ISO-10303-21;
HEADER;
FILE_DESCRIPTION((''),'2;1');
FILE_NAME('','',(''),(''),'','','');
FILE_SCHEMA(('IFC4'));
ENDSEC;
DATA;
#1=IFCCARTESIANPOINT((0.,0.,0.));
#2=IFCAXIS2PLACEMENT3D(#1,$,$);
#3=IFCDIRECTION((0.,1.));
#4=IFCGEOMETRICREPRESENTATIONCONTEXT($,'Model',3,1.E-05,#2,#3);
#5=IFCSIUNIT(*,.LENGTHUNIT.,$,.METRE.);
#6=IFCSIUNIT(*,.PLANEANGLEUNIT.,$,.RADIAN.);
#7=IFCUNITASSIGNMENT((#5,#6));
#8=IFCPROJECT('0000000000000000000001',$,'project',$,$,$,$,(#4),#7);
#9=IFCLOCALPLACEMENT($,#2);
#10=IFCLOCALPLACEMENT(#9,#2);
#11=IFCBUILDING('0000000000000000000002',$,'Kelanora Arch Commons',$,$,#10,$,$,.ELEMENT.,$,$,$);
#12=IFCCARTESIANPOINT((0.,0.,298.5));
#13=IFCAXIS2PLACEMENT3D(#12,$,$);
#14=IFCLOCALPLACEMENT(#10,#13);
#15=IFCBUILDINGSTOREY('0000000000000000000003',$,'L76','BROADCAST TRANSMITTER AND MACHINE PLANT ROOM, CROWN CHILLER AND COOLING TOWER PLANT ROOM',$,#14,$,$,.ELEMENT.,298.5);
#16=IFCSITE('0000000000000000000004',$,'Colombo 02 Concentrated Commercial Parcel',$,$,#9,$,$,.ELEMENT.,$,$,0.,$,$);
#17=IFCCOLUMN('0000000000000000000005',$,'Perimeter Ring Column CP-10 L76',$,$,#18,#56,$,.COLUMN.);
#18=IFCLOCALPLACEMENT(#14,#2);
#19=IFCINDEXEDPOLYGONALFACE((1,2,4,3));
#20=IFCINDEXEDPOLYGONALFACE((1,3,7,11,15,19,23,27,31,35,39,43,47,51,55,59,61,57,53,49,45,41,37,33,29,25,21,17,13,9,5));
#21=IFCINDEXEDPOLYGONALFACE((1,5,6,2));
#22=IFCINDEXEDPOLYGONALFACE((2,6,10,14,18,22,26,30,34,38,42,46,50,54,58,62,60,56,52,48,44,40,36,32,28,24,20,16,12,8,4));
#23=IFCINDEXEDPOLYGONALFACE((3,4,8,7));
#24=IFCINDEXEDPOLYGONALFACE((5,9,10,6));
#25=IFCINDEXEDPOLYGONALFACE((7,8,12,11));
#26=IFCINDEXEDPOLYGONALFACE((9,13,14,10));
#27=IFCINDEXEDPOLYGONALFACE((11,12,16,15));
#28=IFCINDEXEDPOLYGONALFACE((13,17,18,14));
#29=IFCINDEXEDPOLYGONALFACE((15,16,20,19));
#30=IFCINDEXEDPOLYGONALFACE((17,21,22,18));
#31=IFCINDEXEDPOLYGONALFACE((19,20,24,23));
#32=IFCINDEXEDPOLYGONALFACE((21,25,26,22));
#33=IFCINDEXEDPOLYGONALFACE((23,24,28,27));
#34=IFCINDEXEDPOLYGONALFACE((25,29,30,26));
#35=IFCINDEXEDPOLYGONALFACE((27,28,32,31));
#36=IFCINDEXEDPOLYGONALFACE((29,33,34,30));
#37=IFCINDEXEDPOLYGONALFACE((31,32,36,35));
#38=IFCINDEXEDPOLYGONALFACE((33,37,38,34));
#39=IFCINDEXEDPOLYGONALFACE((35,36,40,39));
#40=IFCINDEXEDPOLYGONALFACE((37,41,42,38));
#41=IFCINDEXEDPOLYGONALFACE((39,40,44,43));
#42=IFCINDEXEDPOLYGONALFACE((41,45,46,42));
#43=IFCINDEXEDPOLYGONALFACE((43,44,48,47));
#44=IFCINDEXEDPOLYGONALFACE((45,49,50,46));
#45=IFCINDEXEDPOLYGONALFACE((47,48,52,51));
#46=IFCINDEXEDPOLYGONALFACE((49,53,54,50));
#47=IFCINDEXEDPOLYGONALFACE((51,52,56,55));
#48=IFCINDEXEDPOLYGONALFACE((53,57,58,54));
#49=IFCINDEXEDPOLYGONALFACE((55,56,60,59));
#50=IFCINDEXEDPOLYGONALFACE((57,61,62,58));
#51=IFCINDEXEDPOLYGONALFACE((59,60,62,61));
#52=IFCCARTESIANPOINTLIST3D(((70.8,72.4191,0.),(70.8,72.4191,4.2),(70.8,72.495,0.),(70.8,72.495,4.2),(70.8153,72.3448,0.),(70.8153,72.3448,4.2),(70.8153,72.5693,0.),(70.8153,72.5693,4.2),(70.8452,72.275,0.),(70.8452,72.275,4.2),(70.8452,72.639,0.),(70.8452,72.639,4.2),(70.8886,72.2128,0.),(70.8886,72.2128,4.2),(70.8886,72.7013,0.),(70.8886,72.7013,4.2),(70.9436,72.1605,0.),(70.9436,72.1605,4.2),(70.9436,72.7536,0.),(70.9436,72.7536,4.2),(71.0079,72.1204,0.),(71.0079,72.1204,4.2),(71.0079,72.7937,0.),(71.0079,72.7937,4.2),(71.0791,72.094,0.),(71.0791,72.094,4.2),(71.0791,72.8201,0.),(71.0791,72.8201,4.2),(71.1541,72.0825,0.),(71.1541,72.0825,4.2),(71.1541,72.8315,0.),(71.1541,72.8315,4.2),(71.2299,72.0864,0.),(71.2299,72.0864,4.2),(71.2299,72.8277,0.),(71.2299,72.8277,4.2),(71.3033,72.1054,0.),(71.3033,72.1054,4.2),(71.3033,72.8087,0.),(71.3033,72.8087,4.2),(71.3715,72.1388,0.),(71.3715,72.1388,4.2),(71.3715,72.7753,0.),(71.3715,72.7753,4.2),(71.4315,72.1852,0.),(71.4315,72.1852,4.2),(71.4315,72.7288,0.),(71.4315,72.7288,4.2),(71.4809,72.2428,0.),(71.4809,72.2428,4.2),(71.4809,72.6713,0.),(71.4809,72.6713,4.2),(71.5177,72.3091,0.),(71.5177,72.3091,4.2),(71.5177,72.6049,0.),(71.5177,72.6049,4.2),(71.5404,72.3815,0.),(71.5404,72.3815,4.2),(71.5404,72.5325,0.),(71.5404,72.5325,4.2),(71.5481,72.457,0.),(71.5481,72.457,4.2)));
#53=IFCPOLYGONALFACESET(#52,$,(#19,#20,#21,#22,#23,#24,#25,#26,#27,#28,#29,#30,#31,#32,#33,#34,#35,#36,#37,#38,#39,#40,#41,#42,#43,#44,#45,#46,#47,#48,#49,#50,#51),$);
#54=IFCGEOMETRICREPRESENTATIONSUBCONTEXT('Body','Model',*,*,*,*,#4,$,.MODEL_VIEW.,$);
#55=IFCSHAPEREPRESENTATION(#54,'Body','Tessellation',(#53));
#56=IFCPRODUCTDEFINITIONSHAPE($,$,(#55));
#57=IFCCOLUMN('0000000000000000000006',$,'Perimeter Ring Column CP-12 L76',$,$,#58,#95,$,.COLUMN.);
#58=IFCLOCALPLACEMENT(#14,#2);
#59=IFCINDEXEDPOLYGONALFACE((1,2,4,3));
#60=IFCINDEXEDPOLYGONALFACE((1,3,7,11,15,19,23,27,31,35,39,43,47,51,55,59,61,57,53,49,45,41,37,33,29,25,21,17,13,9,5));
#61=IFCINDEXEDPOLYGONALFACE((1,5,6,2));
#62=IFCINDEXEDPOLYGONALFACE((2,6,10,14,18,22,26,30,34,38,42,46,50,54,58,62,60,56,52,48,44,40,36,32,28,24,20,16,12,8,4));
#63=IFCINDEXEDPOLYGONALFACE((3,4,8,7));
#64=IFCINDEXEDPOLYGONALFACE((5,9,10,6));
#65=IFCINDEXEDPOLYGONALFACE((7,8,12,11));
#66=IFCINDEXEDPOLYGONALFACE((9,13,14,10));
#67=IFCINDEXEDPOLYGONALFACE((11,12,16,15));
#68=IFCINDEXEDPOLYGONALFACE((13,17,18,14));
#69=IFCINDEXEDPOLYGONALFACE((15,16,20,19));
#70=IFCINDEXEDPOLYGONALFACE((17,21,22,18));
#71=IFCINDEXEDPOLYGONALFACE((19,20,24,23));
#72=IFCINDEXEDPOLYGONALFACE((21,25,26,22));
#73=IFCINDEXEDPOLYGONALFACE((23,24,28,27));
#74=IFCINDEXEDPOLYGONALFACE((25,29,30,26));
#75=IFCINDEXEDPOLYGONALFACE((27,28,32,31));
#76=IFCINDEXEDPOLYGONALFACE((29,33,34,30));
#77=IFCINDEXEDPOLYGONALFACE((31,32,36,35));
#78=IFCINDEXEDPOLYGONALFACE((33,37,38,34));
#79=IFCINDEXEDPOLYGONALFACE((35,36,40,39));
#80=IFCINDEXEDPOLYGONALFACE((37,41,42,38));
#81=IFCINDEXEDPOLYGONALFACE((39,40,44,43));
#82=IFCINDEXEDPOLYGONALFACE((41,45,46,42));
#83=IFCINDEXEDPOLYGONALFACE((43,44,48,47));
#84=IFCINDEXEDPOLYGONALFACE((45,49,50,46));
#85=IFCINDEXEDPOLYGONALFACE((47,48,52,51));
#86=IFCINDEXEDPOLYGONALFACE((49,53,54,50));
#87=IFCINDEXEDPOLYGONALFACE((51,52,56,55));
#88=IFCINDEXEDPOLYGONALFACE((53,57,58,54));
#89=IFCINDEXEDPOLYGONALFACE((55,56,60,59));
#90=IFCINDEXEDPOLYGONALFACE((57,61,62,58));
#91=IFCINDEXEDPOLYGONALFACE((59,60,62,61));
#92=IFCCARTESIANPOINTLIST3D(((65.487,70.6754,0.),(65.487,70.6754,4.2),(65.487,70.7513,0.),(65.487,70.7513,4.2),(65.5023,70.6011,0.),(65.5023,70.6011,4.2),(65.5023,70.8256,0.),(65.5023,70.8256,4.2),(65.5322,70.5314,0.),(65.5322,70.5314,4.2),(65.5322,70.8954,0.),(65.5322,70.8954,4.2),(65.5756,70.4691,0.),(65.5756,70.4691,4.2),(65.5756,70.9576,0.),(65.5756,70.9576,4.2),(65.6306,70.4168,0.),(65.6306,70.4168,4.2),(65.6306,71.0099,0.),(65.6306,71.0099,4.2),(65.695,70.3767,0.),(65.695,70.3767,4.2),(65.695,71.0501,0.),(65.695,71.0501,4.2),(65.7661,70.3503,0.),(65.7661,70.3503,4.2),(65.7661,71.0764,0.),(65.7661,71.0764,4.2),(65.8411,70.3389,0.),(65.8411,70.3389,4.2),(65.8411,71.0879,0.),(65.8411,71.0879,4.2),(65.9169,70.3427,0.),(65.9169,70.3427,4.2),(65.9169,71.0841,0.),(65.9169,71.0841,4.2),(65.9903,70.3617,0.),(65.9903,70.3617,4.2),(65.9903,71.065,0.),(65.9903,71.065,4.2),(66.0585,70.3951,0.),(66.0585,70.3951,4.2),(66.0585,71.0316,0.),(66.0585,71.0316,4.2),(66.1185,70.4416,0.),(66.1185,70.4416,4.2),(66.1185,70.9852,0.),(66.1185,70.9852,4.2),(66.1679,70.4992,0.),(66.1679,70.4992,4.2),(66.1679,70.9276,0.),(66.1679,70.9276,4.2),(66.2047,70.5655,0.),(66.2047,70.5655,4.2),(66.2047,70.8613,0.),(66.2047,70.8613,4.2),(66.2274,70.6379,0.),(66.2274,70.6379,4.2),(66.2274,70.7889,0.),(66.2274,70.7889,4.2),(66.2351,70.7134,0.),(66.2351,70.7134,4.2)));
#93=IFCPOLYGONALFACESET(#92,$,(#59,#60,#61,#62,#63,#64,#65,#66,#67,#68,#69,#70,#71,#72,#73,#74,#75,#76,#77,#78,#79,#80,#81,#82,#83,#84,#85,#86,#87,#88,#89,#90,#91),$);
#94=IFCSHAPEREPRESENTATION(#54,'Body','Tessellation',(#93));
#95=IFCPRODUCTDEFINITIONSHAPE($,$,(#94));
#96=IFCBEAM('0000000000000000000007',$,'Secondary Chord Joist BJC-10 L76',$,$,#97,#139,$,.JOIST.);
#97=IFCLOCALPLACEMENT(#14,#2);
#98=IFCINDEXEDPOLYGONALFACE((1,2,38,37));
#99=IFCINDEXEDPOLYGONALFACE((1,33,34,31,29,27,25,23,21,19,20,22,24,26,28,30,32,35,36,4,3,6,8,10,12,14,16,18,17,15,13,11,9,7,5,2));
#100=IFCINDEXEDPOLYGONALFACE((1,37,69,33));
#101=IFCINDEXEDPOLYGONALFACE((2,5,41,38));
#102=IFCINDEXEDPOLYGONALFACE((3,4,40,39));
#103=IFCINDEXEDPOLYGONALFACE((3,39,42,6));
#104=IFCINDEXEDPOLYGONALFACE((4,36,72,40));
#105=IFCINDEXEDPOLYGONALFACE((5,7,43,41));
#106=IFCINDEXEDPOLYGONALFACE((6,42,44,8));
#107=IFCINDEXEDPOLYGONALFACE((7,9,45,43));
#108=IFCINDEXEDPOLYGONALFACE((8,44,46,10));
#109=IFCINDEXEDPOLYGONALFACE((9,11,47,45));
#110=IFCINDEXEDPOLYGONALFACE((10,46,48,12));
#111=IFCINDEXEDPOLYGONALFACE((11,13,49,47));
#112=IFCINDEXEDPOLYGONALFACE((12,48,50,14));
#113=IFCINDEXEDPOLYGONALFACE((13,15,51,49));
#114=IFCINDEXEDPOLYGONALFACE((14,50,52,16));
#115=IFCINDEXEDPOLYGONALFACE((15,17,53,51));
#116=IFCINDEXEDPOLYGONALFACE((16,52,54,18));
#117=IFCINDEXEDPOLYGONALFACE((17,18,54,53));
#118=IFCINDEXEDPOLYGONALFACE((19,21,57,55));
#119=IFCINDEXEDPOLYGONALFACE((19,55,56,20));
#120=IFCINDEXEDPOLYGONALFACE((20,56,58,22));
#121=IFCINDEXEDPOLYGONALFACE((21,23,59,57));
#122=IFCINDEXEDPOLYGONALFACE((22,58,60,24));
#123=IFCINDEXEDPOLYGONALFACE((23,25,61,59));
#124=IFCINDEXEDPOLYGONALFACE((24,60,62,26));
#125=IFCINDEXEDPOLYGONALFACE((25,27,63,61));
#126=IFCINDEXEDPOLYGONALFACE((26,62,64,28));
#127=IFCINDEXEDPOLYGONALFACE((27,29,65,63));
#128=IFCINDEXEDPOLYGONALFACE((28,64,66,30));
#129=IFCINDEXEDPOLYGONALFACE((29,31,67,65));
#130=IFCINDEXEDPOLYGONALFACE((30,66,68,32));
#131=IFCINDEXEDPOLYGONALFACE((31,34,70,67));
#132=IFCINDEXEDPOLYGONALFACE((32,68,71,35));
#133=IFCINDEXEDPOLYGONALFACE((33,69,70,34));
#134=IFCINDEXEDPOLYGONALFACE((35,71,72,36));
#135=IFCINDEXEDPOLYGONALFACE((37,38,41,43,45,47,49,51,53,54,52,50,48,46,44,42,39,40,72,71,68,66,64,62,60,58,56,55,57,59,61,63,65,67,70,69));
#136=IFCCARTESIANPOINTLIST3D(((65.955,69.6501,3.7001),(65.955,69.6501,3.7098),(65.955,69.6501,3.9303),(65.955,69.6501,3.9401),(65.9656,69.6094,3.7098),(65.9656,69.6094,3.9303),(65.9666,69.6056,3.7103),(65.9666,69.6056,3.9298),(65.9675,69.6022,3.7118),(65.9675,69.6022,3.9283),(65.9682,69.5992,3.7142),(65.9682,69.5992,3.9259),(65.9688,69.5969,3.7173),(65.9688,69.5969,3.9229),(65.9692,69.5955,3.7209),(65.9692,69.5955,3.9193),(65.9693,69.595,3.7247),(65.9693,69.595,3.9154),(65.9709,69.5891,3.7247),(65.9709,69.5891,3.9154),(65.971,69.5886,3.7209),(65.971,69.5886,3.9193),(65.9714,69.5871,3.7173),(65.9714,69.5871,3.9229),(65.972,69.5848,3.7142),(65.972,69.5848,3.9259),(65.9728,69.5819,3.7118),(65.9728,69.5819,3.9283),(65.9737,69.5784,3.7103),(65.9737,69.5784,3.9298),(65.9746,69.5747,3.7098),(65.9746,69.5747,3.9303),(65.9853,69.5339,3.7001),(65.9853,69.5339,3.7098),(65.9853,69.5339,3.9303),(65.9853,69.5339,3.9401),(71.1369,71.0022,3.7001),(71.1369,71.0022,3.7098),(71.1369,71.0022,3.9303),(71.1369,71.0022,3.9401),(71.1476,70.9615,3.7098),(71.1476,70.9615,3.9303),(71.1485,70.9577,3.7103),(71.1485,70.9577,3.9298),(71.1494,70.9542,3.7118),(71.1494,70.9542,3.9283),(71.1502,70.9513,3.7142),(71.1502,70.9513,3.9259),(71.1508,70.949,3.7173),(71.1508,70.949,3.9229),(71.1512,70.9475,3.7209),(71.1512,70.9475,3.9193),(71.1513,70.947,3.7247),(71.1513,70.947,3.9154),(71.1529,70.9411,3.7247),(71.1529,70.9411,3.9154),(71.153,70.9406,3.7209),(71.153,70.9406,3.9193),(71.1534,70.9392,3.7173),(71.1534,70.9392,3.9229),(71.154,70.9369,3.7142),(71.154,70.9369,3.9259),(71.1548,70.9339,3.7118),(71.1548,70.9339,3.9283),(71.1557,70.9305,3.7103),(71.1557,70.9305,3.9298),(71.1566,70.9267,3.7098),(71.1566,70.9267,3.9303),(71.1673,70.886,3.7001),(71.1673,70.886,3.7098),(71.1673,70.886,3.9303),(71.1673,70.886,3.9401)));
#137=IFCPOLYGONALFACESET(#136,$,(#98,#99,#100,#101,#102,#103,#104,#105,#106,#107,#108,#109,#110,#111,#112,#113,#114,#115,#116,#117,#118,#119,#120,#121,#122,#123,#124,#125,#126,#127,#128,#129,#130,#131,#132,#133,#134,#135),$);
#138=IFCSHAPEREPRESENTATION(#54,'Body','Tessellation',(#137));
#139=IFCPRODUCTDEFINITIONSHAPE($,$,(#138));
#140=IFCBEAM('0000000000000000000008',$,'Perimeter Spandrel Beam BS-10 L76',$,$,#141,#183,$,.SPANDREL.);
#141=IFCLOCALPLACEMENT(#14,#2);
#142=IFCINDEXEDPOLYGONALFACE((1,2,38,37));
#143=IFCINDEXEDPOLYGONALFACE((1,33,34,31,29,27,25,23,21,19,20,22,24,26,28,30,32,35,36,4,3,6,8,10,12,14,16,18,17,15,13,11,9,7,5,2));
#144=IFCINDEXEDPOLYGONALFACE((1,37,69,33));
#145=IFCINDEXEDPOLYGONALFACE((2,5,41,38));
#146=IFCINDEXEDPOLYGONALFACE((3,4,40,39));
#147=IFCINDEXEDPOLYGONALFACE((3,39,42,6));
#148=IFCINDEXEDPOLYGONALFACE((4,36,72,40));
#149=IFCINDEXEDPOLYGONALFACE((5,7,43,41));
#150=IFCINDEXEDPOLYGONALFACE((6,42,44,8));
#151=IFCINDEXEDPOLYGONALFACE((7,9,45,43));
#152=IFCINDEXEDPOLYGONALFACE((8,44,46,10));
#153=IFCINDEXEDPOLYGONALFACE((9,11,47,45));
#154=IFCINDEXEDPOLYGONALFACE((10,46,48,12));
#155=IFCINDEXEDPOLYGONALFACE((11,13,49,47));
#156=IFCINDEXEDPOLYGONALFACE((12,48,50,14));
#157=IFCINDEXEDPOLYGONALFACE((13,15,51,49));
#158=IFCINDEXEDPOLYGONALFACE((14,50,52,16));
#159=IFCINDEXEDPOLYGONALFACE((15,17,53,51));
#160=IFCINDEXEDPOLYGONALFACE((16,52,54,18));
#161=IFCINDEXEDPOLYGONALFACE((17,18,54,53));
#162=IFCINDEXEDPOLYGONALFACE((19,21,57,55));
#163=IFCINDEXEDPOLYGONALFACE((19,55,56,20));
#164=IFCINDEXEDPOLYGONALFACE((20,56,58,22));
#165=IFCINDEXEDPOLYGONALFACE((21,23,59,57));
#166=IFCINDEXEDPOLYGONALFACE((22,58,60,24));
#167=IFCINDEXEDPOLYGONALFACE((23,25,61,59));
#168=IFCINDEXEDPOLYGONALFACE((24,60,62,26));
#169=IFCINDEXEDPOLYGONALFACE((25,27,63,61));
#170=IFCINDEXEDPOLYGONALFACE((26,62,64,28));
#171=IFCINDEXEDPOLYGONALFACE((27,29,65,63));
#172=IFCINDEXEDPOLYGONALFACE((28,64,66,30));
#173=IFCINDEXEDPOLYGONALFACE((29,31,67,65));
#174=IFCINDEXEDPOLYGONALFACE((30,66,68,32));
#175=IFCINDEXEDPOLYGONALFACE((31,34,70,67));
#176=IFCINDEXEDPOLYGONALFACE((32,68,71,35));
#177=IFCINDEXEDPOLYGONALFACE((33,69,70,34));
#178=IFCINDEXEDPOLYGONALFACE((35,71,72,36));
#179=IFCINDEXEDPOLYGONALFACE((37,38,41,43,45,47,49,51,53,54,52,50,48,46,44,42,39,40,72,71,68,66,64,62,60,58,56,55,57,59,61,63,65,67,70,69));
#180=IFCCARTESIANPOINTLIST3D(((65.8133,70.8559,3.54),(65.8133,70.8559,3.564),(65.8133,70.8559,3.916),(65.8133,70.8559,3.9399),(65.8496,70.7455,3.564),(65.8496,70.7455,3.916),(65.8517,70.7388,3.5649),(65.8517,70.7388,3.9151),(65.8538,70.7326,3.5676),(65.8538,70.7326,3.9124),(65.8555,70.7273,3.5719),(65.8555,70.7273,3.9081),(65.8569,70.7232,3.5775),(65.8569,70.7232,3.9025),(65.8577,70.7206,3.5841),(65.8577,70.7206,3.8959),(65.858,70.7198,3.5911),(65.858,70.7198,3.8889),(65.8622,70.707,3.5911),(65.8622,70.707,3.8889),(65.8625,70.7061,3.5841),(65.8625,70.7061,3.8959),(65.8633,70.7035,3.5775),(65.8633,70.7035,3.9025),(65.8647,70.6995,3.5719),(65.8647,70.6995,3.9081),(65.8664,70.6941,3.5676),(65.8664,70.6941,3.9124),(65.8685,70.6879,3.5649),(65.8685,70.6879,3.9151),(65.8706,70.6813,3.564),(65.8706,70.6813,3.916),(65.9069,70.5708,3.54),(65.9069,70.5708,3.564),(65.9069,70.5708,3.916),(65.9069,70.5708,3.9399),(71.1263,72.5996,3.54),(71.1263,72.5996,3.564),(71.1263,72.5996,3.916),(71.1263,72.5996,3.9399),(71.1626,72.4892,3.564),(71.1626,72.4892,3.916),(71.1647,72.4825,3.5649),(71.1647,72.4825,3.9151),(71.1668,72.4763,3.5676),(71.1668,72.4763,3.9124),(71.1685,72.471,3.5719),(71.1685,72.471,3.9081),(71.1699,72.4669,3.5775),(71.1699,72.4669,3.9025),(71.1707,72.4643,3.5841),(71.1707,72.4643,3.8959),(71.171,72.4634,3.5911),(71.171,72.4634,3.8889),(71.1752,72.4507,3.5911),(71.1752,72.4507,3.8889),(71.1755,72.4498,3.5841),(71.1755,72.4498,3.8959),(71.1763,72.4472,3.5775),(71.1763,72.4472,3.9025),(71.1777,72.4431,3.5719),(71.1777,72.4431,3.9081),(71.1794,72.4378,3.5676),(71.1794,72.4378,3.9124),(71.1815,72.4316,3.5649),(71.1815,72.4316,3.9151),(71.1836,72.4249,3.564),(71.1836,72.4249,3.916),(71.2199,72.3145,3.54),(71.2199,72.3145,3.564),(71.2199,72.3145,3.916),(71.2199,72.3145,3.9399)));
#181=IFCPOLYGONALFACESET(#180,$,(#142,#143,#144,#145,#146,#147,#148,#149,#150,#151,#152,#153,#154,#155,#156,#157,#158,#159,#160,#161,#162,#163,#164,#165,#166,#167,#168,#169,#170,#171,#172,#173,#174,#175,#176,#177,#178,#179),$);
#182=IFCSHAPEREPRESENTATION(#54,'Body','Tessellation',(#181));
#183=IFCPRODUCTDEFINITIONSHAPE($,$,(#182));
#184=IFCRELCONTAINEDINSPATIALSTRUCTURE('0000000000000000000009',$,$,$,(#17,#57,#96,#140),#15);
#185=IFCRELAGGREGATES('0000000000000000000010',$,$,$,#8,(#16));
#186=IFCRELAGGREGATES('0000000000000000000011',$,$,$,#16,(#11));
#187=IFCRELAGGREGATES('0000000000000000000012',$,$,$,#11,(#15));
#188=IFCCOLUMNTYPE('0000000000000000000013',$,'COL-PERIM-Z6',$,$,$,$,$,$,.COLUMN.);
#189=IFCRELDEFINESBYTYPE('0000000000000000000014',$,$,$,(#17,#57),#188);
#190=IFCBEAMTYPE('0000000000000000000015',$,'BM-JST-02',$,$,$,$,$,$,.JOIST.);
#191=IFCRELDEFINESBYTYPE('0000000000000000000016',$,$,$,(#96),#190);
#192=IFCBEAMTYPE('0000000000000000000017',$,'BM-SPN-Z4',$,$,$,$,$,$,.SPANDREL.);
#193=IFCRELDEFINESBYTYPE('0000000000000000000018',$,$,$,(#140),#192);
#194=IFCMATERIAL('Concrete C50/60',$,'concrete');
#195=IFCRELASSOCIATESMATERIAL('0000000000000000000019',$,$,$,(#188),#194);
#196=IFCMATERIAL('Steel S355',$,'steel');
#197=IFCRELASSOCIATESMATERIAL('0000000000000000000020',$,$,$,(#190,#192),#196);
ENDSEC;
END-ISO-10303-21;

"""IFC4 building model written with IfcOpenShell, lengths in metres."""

from ifc_helpers import new_model, si_unit, direction, frame, origin, origin_2d, place, context, subcontext, project, spatial, circle, i_section, extrude, material, material_profile, profile_set, type_object, element, save


model = new_model("IFC4")

# Units and contexts
model_context = context("Model", 3, precision=1e-05, world=origin(), true_north=direction((0.0, 1.0)))
body_context = subcontext(model_context, "Body", "Model", "MODEL_VIEW")
ifc_project = project(units=[si_unit("LENGTHUNIT", "METRE"), si_unit("PLANEANGLEUNIT", "RADIAN")], contexts=[model_context])

# Site, building, storey
site_placement = place(None, origin())
site = spatial("IfcSite", under=ifc_project, at=site_placement, Name="Colombo 02 Concentrated Commercial Parcel", CompositionType="ELEMENT", RefElevation=0.0)
building_placement = place(site_placement, origin())
building = spatial("IfcBuilding", under=site, at=building_placement, Name="Kelanora Arch Commons", CompositionType="ELEMENT")
storey_placement = place(building_placement, frame((0.0, 0.0, 298.5)))
storey = spatial("IfcBuildingStorey", under=building, at=storey_placement, Name="L76", Description="BROADCAST TRANSMITTER AND MACHINE PLANT ROOM, CROWN CHILLER AND COOLING TOWER PLANT ROOM", CompositionType="ELEMENT", Elevation=298.5)

# Columns
ifc_material_1 = material(Name="Concrete C50/60", Category="concrete")
ifc_material_profile_1 = material_profile(ifc_material_1, circle(Radius=0.375, at=origin_2d()), Name="RCC750")
ifc_profile_set_1 = profile_set([ifc_material_profile_1], Name="Concrete C50/60")
column_type = type_object("IfcColumnType", Name="COL-PERIM-Z6", PredefinedType="COLUMN", material=ifc_profile_set_1)
for number, where, z_axis, x_axis, name in (
    (1, (71.1731, 72.457, 0.0), (0.0, 0.0, 1.0), (1.0, 0.0, 0.0), "Perimeter Ring Column CP-10 L76"),
    (2, (65.8601, 70.7134, 0.0), (0.0, 0.0, 1.0), (1.0, 0.0, 0.0), "Perimeter Ring Column CP-12 L76"),
):
    element("IfcColumn", number, at=place(storey_placement, frame(where, z_axis=z_axis, x_axis=x_axis)), inside=storey, type_object=column_type, Name=name, PredefinedType="COLUMN", context=body_context, shape_type="SweptSolid", body=[
        extrude(circle(Radius=0.375, at=origin_2d()), origin(), (0.0, 0.0, 1.0), 4.2),
    ])

# Beams
ifc_material_2 = material(Name="Steel S355", Category="steel")
ifc_material_profile_2 = material_profile(ifc_material_2, i_section(OverallWidth=0.1201, OverallDepth=0.24, WebThickness=0.0061, FlangeThickness=0.0098, FilletRadius=0.0149, at=origin_2d()), Name="IPE240")
ifc_profile_set_2 = profile_set([ifc_material_profile_2], Name="Steel S355")
beam_type_1 = type_object("IfcBeamType", Name="BM-JST-02", PredefinedType="JOIST", material=ifc_profile_set_2)
beam_1_placement = place(storey_placement, frame((71.1521, 70.9441, 3.8201), z_axis=(-0.967606, -0.252466, 0.0), x_axis=(0.252466, -0.967606, 0.0)))
element("IfcBeam", 3, at=beam_1_placement, inside=storey, type_object=beam_type_1, Name="Secondary Chord Joist BJC-10 L76", PredefinedType="JOIST", context=body_context, shape_type="SweptSolid", body=[
    extrude(i_section(OverallWidth=0.1201, OverallDepth=0.24, WebThickness=0.0061, FlangeThickness=0.0098, FilletRadius=0.0149, at=origin_2d()), origin(), (0.0, 0.0, 1.0), 5.3555),
])
ifc_material_profile_3 = material_profile(ifc_material_2, i_section(OverallWidth=0.3, OverallDepth=0.3999, WebThickness=0.0134, FlangeThickness=0.0239, FilletRadius=0.0271, at=origin_2d()), Name="HEB400")
ifc_profile_set_3 = profile_set([ifc_material_profile_3], Name="Steel S355")
beam_type_2 = type_object("IfcBeamType", Name="BM-SPN-Z4", PredefinedType="SPANDREL", material=ifc_profile_set_3)
beam_2_placement = place(storey_placement, frame((71.1731, 72.457, 3.74), z_axis=(-0.95014, -0.311823, 0.0), x_axis=(0.311823, -0.95014, 0.0)))
element("IfcBeam", 4, at=beam_2_placement, inside=storey, type_object=beam_type_2, Name="Perimeter Spandrel Beam BS-10 L76", PredefinedType="SPANDREL", context=body_context, shape_type="SweptSolid", body=[
    extrude(i_section(OverallWidth=0.3, OverallDepth=0.3999, WebThickness=0.0134, FlangeThickness=0.0239, FilletRadius=0.0271, at=origin_2d()), origin(), (0.0, 0.0, 1.0), 5.5918),
])

save(model, "model.ifc")
